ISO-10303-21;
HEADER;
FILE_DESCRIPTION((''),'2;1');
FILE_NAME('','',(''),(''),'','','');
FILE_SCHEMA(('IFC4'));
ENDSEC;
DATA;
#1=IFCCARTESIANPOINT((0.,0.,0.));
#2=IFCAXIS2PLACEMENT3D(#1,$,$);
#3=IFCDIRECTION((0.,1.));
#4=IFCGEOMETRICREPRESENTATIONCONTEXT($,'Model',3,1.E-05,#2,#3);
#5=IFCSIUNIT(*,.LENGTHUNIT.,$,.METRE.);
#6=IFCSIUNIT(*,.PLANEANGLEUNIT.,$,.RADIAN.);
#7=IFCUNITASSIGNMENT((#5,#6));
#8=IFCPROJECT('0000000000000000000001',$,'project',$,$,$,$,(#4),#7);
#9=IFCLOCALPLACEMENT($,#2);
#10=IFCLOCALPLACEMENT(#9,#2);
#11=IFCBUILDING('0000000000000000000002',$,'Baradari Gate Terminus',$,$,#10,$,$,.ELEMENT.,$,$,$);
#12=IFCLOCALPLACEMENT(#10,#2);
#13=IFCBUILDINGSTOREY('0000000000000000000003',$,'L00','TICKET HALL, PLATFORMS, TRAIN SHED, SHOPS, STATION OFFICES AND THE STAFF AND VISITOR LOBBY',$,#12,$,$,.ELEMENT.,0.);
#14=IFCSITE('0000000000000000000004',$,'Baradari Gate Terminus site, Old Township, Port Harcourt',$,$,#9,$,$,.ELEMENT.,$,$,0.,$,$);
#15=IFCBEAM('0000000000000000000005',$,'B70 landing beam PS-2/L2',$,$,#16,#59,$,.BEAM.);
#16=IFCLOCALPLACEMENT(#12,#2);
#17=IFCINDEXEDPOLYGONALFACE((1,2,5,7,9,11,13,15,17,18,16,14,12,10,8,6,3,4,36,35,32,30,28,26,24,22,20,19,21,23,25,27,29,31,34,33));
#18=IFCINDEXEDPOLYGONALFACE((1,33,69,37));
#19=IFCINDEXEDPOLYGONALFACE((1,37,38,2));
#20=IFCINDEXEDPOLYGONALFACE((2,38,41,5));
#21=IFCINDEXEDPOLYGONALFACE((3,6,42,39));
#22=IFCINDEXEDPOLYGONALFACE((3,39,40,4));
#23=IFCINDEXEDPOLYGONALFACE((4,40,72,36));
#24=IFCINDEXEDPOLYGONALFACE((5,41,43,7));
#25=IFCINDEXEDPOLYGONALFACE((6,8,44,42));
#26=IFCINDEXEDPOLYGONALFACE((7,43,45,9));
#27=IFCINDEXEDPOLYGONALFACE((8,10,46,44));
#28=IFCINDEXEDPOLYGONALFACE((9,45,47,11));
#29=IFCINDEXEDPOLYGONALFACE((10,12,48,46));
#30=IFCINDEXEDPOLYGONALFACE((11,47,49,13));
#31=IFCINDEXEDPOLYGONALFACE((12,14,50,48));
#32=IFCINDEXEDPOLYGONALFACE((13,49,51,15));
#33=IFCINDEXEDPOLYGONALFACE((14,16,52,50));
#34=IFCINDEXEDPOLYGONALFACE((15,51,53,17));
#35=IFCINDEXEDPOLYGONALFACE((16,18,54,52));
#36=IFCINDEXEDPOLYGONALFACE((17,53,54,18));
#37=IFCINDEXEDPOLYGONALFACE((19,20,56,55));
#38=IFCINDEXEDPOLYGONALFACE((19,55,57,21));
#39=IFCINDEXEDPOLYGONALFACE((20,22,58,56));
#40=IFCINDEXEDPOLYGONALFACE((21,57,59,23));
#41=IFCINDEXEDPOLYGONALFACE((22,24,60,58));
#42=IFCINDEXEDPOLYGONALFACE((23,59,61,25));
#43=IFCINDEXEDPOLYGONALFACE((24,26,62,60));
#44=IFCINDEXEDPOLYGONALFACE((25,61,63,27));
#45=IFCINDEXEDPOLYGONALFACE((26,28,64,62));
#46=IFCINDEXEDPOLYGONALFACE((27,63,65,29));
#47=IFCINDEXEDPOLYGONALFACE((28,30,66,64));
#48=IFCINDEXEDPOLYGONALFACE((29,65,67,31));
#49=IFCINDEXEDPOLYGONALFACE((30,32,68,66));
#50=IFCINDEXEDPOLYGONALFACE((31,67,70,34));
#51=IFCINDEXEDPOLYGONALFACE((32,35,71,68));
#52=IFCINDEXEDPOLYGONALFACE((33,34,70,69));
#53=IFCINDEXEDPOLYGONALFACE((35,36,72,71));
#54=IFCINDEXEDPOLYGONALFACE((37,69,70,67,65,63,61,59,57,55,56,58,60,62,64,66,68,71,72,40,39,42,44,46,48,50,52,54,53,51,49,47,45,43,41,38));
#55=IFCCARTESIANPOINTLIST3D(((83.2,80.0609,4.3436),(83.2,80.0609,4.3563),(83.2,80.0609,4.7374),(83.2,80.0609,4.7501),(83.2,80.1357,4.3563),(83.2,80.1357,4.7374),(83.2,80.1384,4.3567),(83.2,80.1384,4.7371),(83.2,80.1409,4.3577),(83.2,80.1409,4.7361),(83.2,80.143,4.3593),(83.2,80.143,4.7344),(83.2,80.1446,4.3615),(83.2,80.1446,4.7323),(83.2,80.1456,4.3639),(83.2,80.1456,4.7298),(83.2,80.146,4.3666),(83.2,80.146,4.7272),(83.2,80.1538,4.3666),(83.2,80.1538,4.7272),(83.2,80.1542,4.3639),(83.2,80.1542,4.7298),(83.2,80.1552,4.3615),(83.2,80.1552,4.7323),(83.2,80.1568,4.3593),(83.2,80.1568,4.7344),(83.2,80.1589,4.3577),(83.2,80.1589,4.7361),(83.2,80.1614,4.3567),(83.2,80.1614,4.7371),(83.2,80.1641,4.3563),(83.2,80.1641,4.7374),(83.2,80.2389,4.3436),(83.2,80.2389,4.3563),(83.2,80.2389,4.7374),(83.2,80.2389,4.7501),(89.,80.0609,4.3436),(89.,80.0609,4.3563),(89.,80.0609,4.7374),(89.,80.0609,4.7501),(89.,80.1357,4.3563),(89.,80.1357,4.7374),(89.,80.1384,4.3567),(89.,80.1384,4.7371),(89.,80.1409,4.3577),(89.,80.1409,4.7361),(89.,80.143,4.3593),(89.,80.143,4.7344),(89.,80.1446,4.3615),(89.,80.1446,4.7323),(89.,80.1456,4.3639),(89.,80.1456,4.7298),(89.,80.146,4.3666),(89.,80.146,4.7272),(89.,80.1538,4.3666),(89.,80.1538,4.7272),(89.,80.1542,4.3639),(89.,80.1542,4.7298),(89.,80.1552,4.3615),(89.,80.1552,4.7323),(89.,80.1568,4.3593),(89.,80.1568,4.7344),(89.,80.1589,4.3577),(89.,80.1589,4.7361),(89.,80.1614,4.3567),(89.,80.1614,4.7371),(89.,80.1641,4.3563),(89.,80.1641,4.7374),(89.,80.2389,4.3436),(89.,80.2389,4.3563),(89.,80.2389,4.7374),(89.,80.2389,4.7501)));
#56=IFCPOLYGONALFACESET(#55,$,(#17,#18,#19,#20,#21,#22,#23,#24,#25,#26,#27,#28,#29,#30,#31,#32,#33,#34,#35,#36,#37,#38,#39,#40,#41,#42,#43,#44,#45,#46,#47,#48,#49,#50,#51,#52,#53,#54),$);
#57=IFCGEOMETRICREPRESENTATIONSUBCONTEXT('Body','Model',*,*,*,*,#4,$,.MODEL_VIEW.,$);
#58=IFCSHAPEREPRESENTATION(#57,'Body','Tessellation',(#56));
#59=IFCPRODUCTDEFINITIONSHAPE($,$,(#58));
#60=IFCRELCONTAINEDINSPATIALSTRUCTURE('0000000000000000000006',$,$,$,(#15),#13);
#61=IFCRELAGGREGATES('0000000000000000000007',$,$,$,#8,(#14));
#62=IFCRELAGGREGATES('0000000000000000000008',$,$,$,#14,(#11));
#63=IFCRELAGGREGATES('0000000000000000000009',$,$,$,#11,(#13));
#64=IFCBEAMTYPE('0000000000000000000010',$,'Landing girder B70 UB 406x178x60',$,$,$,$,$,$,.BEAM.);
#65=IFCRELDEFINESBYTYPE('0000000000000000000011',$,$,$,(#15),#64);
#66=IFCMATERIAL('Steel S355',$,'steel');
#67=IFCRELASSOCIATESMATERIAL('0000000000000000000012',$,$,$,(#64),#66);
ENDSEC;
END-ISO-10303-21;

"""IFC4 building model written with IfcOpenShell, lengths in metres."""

from ifc_helpers import new_model, si_unit, direction, frame, origin, origin_2d, place, context, subcontext, project, spatial, i_section, extrude, material, material_profile, profile_set, type_object, element, save


model = new_model("IFC4")

# Units and contexts
model_context = context("Model", 3, precision=1e-05, world=origin(), true_north=direction((0.0, 1.0)))
body_context = subcontext(model_context, "Body", "Model", "MODEL_VIEW")
ifc_project = project(units=[si_unit("LENGTHUNIT", "METRE"), si_unit("PLANEANGLEUNIT", "RADIAN")], contexts=[model_context])

# Site, building, storey
site_placement = place(None, origin())
site = spatial("IfcSite", under=ifc_project, at=site_placement, Name="Baradari Gate Terminus site, Old Township, Port Harcourt", CompositionType="ELEMENT", RefElevation=0.0)
building_placement = place(site_placement, origin())
building = spatial("IfcBuilding", under=site, at=building_placement, Name="Baradari Gate Terminus", CompositionType="ELEMENT")
storey_placement = place(building_placement, origin())
storey = spatial("IfcBuildingStorey", under=building, at=storey_placement, Name="L00", Description="TICKET HALL, PLATFORMS, TRAIN SHED, SHOPS, STATION OFFICES AND THE STAFF AND VISITOR LOBBY", CompositionType="ELEMENT", Elevation=0.0)

# Beam
ifc_material_1 = material(Name="Steel S355", Category="steel")
ifc_material_profile_1 = material_profile(ifc_material_1, i_section(OverallWidth=0.178, OverallDepth=0.4065, WebThickness=0.0078, FlangeThickness=0.0127, FilletRadius=0.0103, at=origin_2d()), Name="UB 406x178x60")
ifc_profile_set_1 = profile_set([ifc_material_profile_1], Name="Steel S355")
beam_type_1 = type_object("IfcBeamType", Name="Landing girder B70 UB 406x178x60", PredefinedType="BEAM", material=ifc_profile_set_1)
beam_1_placement = place(storey_placement, frame((83.2, 80.1499, 4.5469), z_axis=(1.0, 0.0, 0.0), x_axis=(0.0, 1.0, 0.0)))
element("IfcBeam", 1, at=beam_1_placement, inside=storey, type_object=beam_type_1, Name="B70 landing beam PS-2/L2", PredefinedType="BEAM", context=body_context, shape_type="SweptSolid", body=[
    extrude(i_section(OverallWidth=0.178, OverallDepth=0.4065, WebThickness=0.0078, FlangeThickness=0.0127, FilletRadius=0.0103, at=origin_2d()), origin(), (0.0, 0.0, 1.0), 5.8),
])

save(model, "model.ifc")
